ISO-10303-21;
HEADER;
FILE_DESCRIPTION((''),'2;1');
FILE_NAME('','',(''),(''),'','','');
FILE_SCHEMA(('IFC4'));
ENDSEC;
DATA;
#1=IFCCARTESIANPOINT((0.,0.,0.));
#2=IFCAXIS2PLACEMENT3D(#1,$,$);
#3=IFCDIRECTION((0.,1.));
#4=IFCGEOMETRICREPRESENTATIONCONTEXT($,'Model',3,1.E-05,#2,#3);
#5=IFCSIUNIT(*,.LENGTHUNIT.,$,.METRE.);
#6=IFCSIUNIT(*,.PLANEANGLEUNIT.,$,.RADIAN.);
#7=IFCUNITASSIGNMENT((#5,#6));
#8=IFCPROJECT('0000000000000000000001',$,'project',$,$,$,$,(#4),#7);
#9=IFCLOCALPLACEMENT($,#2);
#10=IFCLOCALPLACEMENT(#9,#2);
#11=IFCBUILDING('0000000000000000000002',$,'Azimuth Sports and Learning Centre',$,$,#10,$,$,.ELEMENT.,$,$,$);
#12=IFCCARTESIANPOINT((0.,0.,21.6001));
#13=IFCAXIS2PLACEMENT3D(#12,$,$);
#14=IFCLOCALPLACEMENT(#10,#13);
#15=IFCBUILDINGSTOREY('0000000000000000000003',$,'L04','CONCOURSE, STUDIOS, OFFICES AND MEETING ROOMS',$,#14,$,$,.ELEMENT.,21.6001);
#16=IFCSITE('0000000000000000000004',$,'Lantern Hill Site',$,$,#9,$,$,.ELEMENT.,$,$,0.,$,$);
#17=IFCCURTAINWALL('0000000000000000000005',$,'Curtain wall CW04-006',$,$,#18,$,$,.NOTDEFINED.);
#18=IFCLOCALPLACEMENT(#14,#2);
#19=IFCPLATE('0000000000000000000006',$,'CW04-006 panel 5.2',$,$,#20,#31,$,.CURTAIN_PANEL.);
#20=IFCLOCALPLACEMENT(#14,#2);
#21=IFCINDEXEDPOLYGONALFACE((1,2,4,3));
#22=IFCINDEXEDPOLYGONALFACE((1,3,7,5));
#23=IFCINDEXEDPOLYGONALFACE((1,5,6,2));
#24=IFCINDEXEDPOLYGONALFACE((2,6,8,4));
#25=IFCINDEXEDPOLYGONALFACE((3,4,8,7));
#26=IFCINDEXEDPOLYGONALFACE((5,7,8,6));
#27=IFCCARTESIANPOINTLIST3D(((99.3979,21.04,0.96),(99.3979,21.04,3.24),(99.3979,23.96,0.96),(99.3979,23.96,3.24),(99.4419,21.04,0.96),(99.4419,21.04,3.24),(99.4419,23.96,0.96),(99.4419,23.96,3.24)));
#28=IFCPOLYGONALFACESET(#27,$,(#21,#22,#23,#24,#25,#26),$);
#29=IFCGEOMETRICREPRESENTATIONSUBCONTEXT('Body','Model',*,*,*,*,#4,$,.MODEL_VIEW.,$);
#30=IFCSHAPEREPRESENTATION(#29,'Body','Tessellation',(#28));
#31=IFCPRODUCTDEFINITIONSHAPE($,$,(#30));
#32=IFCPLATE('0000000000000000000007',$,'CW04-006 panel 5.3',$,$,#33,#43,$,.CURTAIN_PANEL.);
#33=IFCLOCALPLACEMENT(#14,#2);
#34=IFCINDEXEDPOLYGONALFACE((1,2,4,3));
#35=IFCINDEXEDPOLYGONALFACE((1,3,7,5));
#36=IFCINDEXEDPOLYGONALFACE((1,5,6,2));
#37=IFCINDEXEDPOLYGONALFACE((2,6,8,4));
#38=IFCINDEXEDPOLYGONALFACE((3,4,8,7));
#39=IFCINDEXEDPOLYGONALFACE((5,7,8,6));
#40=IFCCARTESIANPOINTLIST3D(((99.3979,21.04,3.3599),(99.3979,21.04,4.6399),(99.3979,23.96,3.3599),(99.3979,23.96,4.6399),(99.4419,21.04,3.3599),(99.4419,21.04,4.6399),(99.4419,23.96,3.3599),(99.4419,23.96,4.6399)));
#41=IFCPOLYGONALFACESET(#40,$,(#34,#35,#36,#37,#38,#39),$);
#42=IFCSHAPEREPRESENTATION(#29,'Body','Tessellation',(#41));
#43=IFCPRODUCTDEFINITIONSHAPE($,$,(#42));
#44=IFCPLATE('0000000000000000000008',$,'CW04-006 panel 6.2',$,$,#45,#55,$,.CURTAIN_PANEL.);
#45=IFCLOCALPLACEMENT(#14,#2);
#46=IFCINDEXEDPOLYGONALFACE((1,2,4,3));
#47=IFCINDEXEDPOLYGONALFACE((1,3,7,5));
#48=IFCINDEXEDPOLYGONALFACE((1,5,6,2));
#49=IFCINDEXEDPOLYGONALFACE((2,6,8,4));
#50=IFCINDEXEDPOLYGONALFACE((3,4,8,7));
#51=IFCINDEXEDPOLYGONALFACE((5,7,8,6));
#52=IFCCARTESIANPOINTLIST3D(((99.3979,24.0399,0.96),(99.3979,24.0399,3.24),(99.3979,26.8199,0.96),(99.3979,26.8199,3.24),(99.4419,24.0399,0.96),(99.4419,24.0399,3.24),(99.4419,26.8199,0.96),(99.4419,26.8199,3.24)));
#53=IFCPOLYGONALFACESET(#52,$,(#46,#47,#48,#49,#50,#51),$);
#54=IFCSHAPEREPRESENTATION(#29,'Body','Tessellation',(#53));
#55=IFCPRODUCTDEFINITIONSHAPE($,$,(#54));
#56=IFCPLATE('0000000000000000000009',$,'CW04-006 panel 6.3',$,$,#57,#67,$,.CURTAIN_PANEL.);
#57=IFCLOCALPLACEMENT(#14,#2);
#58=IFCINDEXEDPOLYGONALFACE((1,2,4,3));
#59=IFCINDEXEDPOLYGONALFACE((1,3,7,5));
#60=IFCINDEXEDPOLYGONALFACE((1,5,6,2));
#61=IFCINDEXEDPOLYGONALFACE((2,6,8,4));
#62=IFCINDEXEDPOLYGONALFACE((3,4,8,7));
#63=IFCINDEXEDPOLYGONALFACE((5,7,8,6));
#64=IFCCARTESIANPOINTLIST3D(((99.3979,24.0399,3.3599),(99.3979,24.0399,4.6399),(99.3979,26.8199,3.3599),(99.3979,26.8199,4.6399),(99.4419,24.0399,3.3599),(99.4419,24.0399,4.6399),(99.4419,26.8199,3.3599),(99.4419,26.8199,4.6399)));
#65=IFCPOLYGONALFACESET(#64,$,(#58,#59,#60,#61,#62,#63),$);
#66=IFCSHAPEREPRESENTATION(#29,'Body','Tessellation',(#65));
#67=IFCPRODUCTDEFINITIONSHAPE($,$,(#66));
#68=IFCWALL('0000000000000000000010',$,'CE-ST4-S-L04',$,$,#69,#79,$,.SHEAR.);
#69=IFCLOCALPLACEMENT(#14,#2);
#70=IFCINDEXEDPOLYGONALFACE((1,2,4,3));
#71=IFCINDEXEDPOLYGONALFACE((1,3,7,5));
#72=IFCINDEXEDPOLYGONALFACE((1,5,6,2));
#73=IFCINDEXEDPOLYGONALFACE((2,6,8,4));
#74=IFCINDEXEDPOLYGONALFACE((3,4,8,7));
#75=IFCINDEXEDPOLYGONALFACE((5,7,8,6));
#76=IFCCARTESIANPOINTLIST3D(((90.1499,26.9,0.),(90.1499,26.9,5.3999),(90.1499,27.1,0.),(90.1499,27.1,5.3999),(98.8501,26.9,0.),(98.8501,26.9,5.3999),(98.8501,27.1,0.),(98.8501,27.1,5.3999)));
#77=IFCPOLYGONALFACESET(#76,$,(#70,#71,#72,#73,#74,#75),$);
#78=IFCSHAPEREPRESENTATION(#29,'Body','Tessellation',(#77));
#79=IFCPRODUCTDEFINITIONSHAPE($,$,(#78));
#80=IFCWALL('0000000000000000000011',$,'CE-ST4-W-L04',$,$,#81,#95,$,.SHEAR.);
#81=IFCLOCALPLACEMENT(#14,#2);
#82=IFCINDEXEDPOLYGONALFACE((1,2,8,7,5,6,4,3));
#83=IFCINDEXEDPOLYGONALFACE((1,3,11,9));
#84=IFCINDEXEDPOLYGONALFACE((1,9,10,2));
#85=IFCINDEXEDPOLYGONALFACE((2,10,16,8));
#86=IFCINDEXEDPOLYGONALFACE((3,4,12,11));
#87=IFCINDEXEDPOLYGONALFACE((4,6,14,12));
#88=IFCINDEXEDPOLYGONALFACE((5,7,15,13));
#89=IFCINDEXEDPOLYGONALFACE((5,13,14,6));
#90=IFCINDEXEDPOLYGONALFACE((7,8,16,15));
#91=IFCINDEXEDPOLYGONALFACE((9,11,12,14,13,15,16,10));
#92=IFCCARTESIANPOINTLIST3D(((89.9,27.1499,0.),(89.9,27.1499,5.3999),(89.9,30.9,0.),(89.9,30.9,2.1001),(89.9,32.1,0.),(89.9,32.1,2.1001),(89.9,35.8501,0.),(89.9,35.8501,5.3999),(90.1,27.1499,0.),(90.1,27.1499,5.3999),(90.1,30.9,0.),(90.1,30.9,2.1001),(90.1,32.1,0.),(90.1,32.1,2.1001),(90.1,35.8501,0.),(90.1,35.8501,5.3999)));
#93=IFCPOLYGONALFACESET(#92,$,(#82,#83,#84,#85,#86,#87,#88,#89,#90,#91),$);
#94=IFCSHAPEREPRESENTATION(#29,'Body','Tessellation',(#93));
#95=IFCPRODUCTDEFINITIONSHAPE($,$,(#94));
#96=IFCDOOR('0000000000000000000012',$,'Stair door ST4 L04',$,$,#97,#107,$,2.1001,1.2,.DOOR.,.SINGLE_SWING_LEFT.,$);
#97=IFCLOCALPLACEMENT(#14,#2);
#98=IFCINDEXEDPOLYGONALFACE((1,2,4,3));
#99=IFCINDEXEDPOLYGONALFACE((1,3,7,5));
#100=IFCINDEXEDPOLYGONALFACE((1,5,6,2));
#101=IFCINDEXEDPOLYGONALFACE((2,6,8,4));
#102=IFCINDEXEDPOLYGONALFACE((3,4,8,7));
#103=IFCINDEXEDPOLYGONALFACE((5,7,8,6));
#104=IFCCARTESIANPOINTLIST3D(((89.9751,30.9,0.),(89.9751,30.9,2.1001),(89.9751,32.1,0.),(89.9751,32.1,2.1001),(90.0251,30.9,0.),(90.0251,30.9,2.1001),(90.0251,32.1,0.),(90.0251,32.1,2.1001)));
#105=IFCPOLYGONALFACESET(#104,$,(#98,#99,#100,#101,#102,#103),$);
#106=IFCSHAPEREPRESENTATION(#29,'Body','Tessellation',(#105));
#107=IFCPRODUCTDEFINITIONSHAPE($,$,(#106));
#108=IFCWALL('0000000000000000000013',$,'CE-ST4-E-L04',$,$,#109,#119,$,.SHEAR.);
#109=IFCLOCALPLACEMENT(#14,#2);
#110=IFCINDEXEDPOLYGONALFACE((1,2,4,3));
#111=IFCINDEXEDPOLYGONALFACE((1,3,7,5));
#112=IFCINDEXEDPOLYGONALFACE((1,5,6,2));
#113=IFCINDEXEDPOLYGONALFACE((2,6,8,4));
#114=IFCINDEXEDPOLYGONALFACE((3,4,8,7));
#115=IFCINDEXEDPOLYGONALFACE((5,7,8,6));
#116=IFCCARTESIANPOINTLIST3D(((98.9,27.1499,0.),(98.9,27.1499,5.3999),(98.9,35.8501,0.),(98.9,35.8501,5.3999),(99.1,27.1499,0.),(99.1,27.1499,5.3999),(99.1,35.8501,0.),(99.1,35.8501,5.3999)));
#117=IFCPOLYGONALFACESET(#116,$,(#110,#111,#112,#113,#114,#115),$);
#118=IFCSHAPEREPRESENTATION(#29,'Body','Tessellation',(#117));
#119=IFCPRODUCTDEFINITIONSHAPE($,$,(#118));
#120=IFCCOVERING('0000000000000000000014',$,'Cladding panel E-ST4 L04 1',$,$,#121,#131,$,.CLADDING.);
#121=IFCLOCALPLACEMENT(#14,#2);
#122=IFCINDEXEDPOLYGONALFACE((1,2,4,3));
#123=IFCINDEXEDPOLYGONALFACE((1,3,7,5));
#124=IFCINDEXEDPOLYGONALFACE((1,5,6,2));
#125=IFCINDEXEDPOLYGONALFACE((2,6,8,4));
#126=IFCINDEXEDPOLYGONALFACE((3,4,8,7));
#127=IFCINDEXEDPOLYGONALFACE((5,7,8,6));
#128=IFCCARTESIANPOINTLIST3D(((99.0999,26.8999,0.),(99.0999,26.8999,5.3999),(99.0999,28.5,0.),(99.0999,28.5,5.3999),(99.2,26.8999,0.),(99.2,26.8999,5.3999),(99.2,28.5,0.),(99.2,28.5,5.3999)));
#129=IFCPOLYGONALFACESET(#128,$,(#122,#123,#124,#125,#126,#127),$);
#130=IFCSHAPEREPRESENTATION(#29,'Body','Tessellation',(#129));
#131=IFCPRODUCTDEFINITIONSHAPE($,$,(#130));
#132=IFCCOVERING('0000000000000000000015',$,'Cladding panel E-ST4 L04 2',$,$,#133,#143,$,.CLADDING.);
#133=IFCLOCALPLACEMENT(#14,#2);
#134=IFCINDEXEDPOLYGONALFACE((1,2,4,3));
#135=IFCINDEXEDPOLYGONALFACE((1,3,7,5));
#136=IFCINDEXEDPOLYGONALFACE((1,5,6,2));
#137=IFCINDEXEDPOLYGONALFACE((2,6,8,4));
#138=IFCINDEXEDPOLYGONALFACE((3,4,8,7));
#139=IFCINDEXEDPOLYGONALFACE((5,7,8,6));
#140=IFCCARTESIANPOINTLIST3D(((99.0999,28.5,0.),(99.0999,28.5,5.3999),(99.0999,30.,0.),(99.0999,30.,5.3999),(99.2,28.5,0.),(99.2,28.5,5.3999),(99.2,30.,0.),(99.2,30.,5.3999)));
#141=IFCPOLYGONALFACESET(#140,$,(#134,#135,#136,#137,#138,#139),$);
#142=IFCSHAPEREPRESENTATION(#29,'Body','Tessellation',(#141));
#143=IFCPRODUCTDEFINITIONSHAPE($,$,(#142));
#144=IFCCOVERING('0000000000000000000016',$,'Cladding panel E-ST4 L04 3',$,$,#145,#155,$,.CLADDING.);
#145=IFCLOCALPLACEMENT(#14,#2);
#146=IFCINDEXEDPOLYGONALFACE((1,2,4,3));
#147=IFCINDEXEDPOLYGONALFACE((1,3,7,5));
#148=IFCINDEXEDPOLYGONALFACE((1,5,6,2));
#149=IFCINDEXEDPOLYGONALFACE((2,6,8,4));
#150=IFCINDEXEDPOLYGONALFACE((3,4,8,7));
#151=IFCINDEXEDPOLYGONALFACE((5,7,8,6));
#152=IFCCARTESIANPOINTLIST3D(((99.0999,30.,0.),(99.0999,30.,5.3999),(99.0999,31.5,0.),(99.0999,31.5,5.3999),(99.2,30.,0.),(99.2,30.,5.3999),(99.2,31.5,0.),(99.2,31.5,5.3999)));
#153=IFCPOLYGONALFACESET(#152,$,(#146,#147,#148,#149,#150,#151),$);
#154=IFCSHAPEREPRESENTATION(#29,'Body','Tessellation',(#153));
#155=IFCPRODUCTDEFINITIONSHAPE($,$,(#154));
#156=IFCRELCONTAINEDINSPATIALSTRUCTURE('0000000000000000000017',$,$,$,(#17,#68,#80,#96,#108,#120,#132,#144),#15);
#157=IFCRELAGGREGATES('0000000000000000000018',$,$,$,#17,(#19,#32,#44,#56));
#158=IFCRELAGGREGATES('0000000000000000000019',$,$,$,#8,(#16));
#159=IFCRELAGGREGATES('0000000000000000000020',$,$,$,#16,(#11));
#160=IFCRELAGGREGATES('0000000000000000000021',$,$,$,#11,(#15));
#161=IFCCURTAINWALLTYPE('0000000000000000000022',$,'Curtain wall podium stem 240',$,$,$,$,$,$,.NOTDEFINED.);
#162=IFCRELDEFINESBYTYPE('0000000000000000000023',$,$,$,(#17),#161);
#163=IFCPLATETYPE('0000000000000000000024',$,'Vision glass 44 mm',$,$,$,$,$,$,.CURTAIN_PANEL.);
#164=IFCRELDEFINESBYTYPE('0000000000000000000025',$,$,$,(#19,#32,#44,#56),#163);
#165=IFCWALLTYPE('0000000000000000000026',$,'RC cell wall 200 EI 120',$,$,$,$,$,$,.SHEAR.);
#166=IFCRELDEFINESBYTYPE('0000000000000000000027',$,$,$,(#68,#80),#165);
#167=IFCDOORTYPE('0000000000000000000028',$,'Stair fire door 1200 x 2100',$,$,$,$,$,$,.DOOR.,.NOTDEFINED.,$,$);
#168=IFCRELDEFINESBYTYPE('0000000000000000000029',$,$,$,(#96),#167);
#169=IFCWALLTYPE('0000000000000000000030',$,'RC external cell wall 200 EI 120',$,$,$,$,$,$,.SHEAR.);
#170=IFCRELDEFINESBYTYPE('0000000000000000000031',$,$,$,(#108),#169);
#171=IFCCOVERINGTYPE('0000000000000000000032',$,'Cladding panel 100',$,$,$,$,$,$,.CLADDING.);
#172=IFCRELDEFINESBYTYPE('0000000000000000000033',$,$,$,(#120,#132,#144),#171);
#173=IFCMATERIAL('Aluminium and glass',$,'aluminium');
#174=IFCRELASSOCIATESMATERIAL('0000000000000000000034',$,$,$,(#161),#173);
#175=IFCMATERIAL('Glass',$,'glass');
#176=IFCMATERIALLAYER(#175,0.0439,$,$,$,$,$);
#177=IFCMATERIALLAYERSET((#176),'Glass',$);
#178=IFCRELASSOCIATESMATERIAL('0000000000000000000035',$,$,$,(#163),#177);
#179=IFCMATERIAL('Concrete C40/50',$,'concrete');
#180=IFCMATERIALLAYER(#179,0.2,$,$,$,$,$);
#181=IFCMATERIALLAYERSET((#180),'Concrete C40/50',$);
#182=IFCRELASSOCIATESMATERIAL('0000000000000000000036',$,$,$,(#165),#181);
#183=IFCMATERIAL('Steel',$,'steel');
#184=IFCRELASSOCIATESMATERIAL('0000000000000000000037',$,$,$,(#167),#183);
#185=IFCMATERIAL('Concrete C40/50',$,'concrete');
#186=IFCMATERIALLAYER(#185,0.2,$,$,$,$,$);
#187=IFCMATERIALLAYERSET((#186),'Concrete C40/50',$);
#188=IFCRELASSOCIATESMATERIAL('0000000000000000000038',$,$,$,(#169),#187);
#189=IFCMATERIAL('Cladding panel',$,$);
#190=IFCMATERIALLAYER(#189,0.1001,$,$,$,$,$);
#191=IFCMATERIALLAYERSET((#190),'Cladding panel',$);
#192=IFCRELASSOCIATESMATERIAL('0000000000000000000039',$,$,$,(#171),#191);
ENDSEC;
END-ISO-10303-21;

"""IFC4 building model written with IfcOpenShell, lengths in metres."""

from ifc_helpers import new_model, si_unit, direction, frame, frame_2d, origin, origin_2d, place, context, subcontext, project, spatial, rectangle, extrude, material, layer, layer_set, type_object, element, fill, aggregate, save


model = new_model("IFC4")

# Units and contexts
model_context = context("Model", 3, precision=1e-05, world=origin(), true_north=direction((0.0, 1.0)))
body_context = subcontext(model_context, "Body", "Model", "MODEL_VIEW")
ifc_project = project(units=[si_unit("LENGTHUNIT", "METRE"), si_unit("PLANEANGLEUNIT", "RADIAN")], contexts=[model_context])

# Site, building, storey
site_placement = place(None, origin())
site = spatial("IfcSite", under=ifc_project, at=site_placement, Name="Lantern Hill Site", CompositionType="ELEMENT", RefElevation=0.0)
building_placement = place(site_placement, origin())
building = spatial("IfcBuilding", under=site, at=building_placement, Name="Azimuth Sports and Learning Centre", CompositionType="ELEMENT")
storey_placement = place(building_placement, frame((0.0, 0.0, 21.6001)))
storey = spatial("IfcBuildingStorey", under=building, at=storey_placement, Name="L04", Description="CONCOURSE, STUDIOS, OFFICES AND MEETING ROOMS", CompositionType="ELEMENT", Elevation=21.6001)

# Curtain wall, plates
ifc_material_1 = material(Name="Aluminium and glass", Category="aluminium")
curtain_wall_type = type_object("IfcCurtainWallType", Name="Curtain wall podium stem 240", PredefinedType="NOTDEFINED", material=ifc_material_1)
curtain_wall_placement = place(storey_placement, origin())
curtain_wall = element("IfcCurtainWall", 1, at=curtain_wall_placement, inside=storey, type_object=curtain_wall_type, Name="Curtain wall CW04-006", PredefinedType="NOTDEFINED")
ifc_material_2 = material(Name="Glass", Category="glass")
ifc_layer_1 = layer(ifc_material_2, 0.0439)
ifc_layer_set_1 = layer_set([ifc_layer_1], Name="Glass")
plate_type_1 = type_object("IfcPlateType", Name="Vision glass 44 mm", PredefinedType="CURTAIN_PANEL", material=ifc_layer_set_1)
plate_1_placement = place(storey_placement, frame((99.4199, 22.5, 0.96), z_axis=(0.0, 0.0, 1.0), x_axis=(0.0, 1.0, 0.0)))
plate_1 = element("IfcPlate", 2, at=plate_1_placement, type_object=plate_type_1, Name="CW04-006 panel 5.2", PredefinedType="CURTAIN_PANEL", context=body_context, shape_type="SweptSolid", body=[
    extrude(rectangle(XDim=2.9199, YDim=0.0439, at=origin_2d()), origin(), (0.0, 0.0, 1.0), 2.28),
])
plate_2_placement = place(storey_placement, frame((99.4199, 22.5, 3.3599), z_axis=(0.0, 0.0, 1.0), x_axis=(0.0, 1.0, 0.0)))
plate_2 = element("IfcPlate", 3, at=plate_2_placement, type_object=plate_type_1, Name="CW04-006 panel 5.3", PredefinedType="CURTAIN_PANEL", context=body_context, shape_type="SweptSolid", body=[
    extrude(rectangle(XDim=2.9199, YDim=0.0439, at=origin_2d()), origin(), (0.0, 0.0, 1.0), 1.28),
])
plate_3_placement = place(storey_placement, frame((99.4199, 25.4299, 0.96), z_axis=(0.0, 0.0, 1.0), x_axis=(0.0, 1.0, 0.0)))
plate_3 = element("IfcPlate", 4, at=plate_3_placement, type_object=plate_type_1, Name="CW04-006 panel 6.2", PredefinedType="CURTAIN_PANEL", context=body_context, shape_type="SweptSolid", body=[
    extrude(rectangle(XDim=2.78, YDim=0.0439, at=origin_2d()), origin(), (0.0, 0.0, 1.0), 2.28),
])
plate_4_placement = place(storey_placement, frame((99.4199, 25.4299, 3.3599), z_axis=(0.0, 0.0, 1.0), x_axis=(0.0, 1.0, 0.0)))
plate_4 = element("IfcPlate", 5, at=plate_4_placement, type_object=plate_type_1, Name="CW04-006 panel 6.3", PredefinedType="CURTAIN_PANEL", context=body_context, shape_type="SweptSolid", body=[
    extrude(rectangle(XDim=2.78, YDim=0.0439, at=origin_2d()), origin(), (0.0, 0.0, 1.0), 1.28),
])
aggregate(curtain_wall, [plate_1, plate_2, plate_3, plate_4])

# Wall
ifc_material_3 = material(Name="Concrete C40/50", Category="concrete")
ifc_layer_2 = layer(ifc_material_3, 0.2)
ifc_layer_set_2 = layer_set([ifc_layer_2], Name="Concrete C40/50")
wall_type_1 = type_object("IfcWallType", Name="RC cell wall 200 EI 120", PredefinedType="SHEAR", material=ifc_layer_set_2)
wall_1_placement = place(storey_placement, frame((90.1499, 27.0, 0.0), z_axis=(0.0, 0.0, 1.0), x_axis=(1.0, 0.0, 0.0)))
element("IfcWall", 6, at=wall_1_placement, inside=storey, type_object=wall_type_1, Name="CE-ST4-S-L04", PredefinedType="SHEAR", context=body_context, shape_type="SweptSolid", body=[
    extrude(rectangle(XDim=8.7002, YDim=0.2, at=frame_2d((4.3501, 0.0))), origin(), (0.0, 0.0, 1.0), 5.3999),
])

# Wall, opening, door
wall_2_placement = place(storey_placement, frame((90.0, 27.1499, 0.0), z_axis=(0.0, 0.0, 1.0), x_axis=(0.0, 1.0, 0.0)))
wall_2 = element("IfcWall", 7, at=wall_2_placement, inside=storey, type_object=wall_type_1, Name="CE-ST4-W-L04", PredefinedType="SHEAR", context=body_context, shape_type="SweptSolid", body=[
    extrude(rectangle(XDim=8.7002, YDim=0.2, at=frame_2d((4.3501, 0.0))), origin(), (0.0, 0.0, 1.0), 5.3999),
])
opening_placement = place(wall_2_placement, frame((3.75, 0.0, 0.0)))
opening = element("IfcOpeningElement", 8, at=opening_placement, cuts=wall_2, PredefinedType="OPENING", context=body_context, shape_type="SweptSolid", body=[
    extrude(rectangle(XDim=1.2, YDim=2.1001, at=frame_2d((0.6001, 1.05))), frame((0.0, 0.1108, 0.0), z_axis=(0.0, -1.0, 0.0), x_axis=(1.0, 0.0, 0.0)), (0.0, 0.0, 1.0), 0.2219),
])
ifc_material_4 = material(Name="Steel", Category="steel")
door_type = type_object("IfcDoorType", Name="Stair fire door 1200 x 2100", OperationType="NOTDEFINED", PredefinedType="DOOR", material=ifc_material_4)
door_placement = place(opening_placement, origin())
door = element("IfcDoor", 9, at=door_placement, inside=storey, type_object=door_type, Name="Stair door ST4 L04", OperationType="SINGLE_SWING_LEFT", OverallHeight=2.1001, OverallWidth=1.2, PredefinedType="DOOR", context=body_context, shape_type="SweptSolid", body=[
    extrude(rectangle(XDim=1.2, YDim=2.1001, at=frame_2d((0.6001, 1.05))), frame((0.0, 0.0249, 0.0), z_axis=(0.0, -1.0, 0.0), x_axis=(1.0, 0.0, 0.0)), (0.0, 0.0, 1.0), 0.05),
])
fill(opening, door)

# Wall
ifc_material_5 = material(Name="Concrete C40/50", Category="concrete")
ifc_layer_3 = layer(ifc_material_5, 0.2)
ifc_layer_set_3 = layer_set([ifc_layer_3], Name="Concrete C40/50")
wall_type_2 = type_object("IfcWallType", Name="RC external cell wall 200 EI 120", PredefinedType="SHEAR", material=ifc_layer_set_3)
wall_3_placement = place(storey_placement, frame((99.0, 27.1499, 0.0), z_axis=(0.0, 0.0, 1.0), x_axis=(0.0, 1.0, 0.0)))
element("IfcWall", 10, at=wall_3_placement, inside=storey, type_object=wall_type_2, Name="CE-ST4-E-L04", PredefinedType="SHEAR", context=body_context, shape_type="SweptSolid", body=[
    extrude(rectangle(XDim=8.7002, YDim=0.2, at=frame_2d((4.3501, 0.0))), origin(), (0.0, 0.0, 1.0), 5.3999),
])

# Coverings
ifc_material_6 = material(Name="Cladding panel")
ifc_layer_4 = layer(ifc_material_6, 0.1001)
ifc_layer_set_4 = layer_set([ifc_layer_4], Name="Cladding panel")
covering_type = type_object("IfcCoveringType", Name="Cladding panel 100", PredefinedType="CLADDING", material=ifc_layer_set_4)
covering_placement = place(storey_placement, frame((99.1499, 27.7, 0.0), z_axis=(0.0, 0.0, 1.0), x_axis=(0.0, 1.0, 0.0)))
element("IfcCovering", 11, at=covering_placement, inside=storey, type_object=covering_type, Name="Cladding panel E-ST4 L04 1", PredefinedType="CLADDING", context=body_context, shape_type="SweptSolid", body=[
    extrude(rectangle(XDim=1.6001, YDim=0.1001, at=origin_2d()), origin(), (0.0, 0.0, 1.0), 5.3999),
])
for number, where, z_axis, x_axis, name in (
    (12, (99.1499, 29.25, 0.0), (0.0, 0.0, 1.0), (0.0, 1.0, 0.0), "Cladding panel E-ST4 L04 2"),
    (13, (99.1499, 30.75, 0.0), (0.0, 0.0, 1.0), (0.0, 1.0, 0.0), "Cladding panel E-ST4 L04 3"),
):
    element("IfcCovering", number, at=place(storey_placement, frame(where, z_axis=z_axis, x_axis=x_axis)), inside=storey, type_object=covering_type, Name=name, PredefinedType="CLADDING", context=body_context, shape_type="SweptSolid", body=[
        extrude(rectangle(XDim=1.5, YDim=0.1001, at=origin_2d()), origin(), (0.0, 0.0, 1.0), 5.3999),
    ])

save(model, "model.ifc")
